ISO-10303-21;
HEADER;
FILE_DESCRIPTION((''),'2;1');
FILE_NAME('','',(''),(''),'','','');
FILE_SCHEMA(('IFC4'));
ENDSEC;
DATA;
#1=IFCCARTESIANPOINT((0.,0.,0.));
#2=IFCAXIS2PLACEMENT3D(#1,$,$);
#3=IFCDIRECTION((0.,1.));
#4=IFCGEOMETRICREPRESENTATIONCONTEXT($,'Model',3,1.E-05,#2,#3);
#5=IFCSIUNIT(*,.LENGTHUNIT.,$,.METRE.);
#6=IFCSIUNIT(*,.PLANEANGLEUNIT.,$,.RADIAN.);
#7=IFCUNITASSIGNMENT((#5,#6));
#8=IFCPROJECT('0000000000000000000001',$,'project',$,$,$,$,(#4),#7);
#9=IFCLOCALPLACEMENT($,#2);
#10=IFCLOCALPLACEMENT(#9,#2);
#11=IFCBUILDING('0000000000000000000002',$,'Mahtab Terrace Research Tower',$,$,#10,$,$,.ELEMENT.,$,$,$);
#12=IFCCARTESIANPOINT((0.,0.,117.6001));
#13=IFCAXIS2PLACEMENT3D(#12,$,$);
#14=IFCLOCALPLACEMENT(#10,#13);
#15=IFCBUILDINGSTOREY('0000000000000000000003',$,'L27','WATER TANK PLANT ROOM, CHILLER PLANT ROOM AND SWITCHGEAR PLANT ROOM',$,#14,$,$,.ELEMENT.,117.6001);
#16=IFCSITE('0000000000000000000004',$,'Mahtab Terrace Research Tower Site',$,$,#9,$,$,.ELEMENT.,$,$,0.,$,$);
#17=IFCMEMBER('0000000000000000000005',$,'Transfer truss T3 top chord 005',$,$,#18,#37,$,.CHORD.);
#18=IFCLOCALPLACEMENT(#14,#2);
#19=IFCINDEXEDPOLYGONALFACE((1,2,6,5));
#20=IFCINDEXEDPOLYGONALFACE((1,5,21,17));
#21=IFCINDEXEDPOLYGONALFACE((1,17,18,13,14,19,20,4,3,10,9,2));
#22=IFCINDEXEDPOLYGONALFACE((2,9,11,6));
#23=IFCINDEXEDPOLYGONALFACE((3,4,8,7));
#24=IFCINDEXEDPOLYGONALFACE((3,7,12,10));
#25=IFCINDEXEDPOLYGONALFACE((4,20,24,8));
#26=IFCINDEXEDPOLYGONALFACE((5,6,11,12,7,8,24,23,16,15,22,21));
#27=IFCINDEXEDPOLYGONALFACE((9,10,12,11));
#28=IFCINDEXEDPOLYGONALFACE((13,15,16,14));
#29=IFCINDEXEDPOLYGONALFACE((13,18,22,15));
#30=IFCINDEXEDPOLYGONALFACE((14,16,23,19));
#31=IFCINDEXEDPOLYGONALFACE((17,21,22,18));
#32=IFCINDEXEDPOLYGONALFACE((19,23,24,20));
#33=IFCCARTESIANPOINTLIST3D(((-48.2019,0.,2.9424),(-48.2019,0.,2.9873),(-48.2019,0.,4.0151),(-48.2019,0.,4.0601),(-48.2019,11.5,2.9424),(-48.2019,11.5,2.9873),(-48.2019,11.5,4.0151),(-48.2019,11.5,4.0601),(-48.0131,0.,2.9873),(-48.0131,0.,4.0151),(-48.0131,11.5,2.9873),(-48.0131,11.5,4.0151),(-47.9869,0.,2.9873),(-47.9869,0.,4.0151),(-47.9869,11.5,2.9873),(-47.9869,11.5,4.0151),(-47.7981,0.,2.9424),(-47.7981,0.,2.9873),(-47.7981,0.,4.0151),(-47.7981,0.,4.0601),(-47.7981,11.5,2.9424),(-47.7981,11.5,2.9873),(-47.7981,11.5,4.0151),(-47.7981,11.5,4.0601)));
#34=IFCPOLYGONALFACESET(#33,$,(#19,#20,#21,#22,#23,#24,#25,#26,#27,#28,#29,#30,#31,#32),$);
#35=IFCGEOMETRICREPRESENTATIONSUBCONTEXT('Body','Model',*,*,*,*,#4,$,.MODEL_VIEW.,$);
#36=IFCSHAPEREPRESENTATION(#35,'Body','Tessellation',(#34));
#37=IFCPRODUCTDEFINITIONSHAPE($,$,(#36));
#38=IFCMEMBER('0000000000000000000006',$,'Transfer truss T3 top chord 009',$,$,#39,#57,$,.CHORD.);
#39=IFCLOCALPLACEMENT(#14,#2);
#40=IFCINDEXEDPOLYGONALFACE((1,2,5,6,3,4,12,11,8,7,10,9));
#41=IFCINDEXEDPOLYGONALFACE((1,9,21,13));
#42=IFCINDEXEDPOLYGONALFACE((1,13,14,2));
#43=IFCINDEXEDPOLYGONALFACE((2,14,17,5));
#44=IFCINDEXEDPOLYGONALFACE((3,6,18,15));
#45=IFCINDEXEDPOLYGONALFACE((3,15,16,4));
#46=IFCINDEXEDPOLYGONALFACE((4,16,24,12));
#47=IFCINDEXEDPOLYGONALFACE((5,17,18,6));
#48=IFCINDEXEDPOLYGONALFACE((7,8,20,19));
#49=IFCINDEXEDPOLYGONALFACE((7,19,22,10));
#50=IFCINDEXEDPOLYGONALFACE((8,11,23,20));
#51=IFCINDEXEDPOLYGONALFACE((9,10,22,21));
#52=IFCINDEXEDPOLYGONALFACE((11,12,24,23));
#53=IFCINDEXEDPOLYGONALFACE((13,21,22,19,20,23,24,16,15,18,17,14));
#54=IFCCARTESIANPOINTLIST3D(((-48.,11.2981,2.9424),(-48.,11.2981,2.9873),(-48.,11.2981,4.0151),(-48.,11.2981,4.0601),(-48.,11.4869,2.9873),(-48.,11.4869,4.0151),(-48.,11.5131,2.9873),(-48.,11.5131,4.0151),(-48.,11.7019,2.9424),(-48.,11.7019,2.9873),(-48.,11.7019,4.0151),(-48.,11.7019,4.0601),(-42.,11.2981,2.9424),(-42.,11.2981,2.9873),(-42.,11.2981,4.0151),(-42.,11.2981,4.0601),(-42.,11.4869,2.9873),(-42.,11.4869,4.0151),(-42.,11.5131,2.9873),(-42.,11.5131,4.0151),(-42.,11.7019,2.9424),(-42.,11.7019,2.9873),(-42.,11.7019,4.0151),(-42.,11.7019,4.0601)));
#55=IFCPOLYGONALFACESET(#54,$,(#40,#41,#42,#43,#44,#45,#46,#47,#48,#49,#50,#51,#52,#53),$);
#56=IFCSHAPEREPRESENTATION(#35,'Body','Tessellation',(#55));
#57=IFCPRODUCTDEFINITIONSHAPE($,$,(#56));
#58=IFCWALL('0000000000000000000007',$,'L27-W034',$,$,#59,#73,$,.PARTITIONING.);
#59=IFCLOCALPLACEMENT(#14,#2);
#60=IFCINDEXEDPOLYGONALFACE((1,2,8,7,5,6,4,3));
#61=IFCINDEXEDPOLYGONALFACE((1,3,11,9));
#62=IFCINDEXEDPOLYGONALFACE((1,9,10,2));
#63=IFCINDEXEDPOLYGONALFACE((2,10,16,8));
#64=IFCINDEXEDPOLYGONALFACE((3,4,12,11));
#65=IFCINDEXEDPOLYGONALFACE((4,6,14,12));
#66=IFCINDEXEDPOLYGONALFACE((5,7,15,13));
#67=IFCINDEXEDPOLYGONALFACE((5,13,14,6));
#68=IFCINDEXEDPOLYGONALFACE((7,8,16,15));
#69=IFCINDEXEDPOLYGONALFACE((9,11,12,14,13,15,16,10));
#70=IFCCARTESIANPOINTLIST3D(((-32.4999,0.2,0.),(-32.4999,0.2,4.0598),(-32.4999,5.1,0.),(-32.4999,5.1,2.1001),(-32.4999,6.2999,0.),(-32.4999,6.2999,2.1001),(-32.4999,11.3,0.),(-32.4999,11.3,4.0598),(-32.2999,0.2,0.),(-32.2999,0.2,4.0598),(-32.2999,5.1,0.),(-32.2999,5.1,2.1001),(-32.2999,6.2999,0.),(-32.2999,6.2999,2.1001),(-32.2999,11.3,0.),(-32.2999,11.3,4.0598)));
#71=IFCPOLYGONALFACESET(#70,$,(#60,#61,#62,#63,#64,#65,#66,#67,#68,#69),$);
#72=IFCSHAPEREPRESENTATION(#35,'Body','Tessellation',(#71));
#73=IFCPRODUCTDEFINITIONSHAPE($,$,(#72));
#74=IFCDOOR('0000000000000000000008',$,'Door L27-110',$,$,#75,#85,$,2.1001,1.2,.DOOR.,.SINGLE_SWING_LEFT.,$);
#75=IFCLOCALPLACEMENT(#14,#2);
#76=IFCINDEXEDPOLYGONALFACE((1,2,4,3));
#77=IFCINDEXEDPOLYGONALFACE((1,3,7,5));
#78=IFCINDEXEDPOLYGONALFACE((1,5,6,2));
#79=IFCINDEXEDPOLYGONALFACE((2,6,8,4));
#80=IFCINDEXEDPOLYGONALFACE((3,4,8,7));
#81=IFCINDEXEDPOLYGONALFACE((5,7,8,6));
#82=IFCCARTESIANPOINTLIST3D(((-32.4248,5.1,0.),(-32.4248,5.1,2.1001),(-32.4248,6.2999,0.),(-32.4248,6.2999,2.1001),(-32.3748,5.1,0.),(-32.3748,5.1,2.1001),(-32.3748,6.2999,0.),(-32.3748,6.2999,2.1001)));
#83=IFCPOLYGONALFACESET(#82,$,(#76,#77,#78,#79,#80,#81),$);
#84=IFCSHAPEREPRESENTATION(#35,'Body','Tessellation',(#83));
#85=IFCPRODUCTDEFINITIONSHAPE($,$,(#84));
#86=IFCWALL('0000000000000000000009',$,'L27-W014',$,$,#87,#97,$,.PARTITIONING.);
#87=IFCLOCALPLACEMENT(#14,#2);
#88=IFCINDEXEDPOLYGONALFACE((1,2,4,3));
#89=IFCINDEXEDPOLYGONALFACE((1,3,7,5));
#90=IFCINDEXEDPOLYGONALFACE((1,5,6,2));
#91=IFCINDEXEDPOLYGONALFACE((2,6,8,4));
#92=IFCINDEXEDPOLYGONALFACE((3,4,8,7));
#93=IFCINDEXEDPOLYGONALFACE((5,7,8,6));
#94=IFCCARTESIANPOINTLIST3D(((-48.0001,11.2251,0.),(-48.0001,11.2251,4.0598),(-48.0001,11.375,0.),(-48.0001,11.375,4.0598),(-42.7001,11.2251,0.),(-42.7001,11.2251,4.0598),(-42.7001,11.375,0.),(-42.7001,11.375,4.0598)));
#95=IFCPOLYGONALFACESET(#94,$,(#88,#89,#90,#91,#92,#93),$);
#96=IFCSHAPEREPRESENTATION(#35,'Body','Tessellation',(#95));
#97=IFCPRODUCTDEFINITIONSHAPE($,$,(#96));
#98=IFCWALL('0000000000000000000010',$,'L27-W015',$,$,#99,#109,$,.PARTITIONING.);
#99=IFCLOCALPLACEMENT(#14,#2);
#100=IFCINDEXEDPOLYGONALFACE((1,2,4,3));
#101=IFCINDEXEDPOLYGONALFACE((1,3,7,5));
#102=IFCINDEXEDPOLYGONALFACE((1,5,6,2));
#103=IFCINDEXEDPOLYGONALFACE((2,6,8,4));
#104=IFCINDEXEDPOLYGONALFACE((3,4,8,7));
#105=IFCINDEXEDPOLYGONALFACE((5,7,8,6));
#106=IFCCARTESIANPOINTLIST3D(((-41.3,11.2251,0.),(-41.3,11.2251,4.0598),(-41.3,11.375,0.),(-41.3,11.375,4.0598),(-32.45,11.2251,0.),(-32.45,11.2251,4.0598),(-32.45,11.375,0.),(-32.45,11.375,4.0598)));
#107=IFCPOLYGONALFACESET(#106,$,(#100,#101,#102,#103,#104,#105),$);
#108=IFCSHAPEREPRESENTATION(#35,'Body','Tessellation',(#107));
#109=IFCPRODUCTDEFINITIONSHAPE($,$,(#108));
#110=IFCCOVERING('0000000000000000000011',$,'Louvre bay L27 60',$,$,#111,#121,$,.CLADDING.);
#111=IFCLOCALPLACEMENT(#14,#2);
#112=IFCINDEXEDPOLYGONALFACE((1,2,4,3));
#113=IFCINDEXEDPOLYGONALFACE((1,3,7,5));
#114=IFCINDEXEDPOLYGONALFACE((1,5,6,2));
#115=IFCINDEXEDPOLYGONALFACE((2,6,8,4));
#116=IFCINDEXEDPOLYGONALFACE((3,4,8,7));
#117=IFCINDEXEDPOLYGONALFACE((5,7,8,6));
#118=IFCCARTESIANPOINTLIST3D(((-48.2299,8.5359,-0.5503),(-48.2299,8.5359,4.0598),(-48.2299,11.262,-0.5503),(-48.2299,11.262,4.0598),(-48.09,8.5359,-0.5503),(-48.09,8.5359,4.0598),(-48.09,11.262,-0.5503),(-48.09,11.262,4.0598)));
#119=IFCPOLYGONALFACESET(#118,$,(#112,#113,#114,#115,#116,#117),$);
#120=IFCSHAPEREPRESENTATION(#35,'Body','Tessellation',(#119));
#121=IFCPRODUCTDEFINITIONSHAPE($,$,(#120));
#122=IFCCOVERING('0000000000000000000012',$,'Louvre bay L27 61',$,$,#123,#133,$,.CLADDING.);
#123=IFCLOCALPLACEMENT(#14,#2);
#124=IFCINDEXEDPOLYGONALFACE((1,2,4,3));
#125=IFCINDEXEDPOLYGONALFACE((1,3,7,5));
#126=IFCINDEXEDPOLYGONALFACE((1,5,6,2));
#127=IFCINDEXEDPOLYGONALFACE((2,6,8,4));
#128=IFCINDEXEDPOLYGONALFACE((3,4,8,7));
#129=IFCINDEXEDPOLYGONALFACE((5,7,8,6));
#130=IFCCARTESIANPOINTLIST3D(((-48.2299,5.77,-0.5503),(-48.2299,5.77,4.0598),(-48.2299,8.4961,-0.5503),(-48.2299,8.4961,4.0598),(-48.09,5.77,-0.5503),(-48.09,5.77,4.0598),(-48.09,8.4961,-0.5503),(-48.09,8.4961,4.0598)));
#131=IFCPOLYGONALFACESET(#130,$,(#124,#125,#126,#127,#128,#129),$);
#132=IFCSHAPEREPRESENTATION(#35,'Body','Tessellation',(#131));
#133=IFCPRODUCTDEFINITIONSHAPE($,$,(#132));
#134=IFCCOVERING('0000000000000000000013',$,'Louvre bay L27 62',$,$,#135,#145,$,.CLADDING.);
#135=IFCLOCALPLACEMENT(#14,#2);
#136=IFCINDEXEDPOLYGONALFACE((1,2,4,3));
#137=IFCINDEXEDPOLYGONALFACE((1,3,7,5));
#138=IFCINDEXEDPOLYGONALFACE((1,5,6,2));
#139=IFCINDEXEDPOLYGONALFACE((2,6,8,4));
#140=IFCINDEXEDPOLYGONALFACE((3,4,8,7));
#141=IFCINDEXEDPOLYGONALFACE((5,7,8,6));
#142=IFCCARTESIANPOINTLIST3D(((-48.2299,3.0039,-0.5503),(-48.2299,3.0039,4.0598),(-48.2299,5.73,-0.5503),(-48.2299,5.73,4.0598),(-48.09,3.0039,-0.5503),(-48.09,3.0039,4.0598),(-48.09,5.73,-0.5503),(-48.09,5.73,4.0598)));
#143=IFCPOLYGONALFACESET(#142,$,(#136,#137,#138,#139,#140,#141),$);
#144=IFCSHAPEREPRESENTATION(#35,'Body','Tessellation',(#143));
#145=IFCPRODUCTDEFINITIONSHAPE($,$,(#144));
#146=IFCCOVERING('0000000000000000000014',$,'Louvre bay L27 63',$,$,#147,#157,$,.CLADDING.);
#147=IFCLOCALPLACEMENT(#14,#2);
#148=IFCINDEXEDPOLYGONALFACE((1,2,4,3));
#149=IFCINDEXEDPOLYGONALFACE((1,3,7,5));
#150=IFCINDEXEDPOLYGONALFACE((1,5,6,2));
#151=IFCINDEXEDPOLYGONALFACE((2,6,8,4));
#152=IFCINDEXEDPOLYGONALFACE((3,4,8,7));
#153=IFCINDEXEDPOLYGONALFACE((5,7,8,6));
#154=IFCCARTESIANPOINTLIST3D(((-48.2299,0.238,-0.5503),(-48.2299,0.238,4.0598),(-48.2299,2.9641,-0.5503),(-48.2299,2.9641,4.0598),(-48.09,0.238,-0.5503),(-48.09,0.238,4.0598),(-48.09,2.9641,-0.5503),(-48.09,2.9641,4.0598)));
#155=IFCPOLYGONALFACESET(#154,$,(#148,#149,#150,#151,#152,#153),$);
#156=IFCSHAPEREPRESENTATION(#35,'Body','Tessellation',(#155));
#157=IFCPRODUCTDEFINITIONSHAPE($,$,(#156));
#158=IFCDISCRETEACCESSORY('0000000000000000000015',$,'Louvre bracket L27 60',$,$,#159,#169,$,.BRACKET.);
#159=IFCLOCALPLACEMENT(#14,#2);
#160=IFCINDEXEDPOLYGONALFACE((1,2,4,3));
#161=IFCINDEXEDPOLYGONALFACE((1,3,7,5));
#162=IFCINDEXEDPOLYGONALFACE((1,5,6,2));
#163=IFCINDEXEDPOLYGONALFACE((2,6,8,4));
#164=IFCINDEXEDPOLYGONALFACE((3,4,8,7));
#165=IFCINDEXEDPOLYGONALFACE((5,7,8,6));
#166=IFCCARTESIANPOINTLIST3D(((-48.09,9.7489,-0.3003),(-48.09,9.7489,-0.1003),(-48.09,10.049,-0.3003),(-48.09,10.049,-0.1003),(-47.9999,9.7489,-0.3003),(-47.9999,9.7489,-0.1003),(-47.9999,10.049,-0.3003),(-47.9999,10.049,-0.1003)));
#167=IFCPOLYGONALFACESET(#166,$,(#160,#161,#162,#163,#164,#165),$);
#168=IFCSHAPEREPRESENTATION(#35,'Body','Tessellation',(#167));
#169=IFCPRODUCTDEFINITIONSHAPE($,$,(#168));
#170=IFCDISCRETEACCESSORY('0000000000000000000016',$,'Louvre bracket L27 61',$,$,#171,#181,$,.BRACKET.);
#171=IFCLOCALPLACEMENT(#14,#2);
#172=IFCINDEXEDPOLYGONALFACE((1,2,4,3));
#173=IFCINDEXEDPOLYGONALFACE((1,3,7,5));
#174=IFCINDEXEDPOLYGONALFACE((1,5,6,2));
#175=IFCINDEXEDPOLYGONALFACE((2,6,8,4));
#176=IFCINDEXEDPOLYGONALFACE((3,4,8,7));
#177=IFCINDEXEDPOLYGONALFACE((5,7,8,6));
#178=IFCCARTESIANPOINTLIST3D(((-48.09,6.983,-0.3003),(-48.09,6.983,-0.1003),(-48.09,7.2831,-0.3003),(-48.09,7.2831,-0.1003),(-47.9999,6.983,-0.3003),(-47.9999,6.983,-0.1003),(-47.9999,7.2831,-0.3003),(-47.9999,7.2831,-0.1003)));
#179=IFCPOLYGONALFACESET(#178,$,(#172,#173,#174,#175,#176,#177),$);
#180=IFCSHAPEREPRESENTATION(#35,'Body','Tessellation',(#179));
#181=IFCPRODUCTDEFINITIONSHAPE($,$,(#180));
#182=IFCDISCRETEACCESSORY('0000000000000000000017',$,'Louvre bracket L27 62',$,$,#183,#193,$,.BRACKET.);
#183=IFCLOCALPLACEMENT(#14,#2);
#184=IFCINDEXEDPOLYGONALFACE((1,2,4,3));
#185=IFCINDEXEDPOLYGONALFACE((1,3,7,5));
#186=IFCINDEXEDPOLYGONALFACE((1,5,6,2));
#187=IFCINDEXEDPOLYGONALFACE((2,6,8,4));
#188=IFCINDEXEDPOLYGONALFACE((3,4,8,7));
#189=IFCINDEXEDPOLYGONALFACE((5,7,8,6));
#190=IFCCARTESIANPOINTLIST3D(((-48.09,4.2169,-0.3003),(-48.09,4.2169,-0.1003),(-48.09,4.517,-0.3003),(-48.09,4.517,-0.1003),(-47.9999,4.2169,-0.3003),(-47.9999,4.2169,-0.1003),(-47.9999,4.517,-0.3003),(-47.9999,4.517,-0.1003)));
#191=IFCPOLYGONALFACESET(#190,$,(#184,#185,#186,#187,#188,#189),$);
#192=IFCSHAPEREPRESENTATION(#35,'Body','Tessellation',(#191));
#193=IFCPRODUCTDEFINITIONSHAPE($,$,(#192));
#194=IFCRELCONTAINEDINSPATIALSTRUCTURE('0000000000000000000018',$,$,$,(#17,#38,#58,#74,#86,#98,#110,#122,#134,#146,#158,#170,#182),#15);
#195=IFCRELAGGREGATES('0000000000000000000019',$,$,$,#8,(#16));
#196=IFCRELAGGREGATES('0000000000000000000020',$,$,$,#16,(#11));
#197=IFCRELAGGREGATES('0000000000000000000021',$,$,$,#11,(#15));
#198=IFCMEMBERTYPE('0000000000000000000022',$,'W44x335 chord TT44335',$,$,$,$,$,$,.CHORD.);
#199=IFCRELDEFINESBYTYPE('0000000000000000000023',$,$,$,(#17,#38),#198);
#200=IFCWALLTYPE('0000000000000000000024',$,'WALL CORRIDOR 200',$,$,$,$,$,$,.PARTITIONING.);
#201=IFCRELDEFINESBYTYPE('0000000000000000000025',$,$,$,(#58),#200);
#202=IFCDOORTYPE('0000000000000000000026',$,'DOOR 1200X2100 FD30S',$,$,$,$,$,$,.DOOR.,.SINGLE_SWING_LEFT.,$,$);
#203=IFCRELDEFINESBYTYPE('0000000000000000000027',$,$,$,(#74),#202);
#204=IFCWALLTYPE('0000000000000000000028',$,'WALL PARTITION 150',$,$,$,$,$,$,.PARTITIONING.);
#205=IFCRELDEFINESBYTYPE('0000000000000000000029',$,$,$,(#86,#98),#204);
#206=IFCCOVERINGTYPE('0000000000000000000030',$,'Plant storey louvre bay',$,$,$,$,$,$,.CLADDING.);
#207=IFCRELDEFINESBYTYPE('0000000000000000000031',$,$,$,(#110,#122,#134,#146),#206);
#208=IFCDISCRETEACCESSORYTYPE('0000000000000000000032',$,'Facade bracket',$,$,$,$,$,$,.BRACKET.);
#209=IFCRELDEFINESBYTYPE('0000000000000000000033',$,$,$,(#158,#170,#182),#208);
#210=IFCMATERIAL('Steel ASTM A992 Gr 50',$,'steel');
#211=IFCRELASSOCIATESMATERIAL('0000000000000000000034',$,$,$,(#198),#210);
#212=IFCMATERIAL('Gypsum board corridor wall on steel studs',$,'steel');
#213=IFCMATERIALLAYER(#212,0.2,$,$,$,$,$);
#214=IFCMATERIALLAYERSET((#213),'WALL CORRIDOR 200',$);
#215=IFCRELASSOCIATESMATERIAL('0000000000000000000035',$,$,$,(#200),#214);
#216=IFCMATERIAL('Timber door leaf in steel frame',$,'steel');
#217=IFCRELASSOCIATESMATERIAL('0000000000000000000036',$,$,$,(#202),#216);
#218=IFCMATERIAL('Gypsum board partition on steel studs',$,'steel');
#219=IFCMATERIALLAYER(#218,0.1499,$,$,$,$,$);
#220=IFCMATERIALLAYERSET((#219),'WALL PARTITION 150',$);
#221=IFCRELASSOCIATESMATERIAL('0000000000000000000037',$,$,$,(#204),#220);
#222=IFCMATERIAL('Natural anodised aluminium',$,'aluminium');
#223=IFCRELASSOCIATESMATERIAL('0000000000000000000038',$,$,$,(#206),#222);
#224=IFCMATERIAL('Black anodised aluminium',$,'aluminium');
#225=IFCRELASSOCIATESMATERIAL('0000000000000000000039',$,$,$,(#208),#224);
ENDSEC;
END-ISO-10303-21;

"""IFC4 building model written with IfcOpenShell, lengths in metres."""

from ifc_helpers import new_model, si_unit, direction, frame, frame_2d, origin, origin_2d, place, context, subcontext, project, spatial, rectangle, i_section, extrude, material, layer, layer_set, material_profile, profile_set, type_object, element, fill, save


model = new_model("IFC4")

# Units and contexts
model_context = context("Model", 3, precision=1e-05, world=origin(), true_north=direction((0.0, 1.0)))
body_context = subcontext(model_context, "Body", "Model", "MODEL_VIEW")
ifc_project = project(units=[si_unit("LENGTHUNIT", "METRE"), si_unit("PLANEANGLEUNIT", "RADIAN")], contexts=[model_context])

# Site, building, storey
site_placement = place(None, origin())
site = spatial("IfcSite", under=ifc_project, at=site_placement, Name="Mahtab Terrace Research Tower Site", CompositionType="ELEMENT", RefElevation=0.0)
building_placement = place(site_placement, origin())
building = spatial("IfcBuilding", under=site, at=building_placement, Name="Mahtab Terrace Research Tower", CompositionType="ELEMENT")
storey_placement = place(building_placement, frame((0.0, 0.0, 117.6001)))
storey = spatial("IfcBuildingStorey", under=building, at=storey_placement, Name="L27", Description="WATER TANK PLANT ROOM, CHILLER PLANT ROOM AND SWITCHGEAR PLANT ROOM", CompositionType="ELEMENT", Elevation=117.6001)

# Shared definitions
ifc_material_1 = material(Name="Steel ASTM A992 Gr 50", Category="steel")

# Members
ifc_material_profile_1 = material_profile(ifc_material_1, i_section(OverallWidth=0.4038, OverallDepth=1.1177, WebThickness=0.0261, FlangeThickness=0.0449, at=origin_2d()), Name="W44X335")
ifc_profile_set_1 = profile_set([ifc_material_profile_1], Name="Steel ASTM A992 Gr 50")
member_type_1 = type_object("IfcMemberType", Name="W44x335 chord TT44335", PredefinedType="CHORD", material=ifc_profile_set_1)
member_1_placement = place(storey_placement, frame((-48.0, 11.5, 3.5012), z_axis=(0.0, -1.0, 0.0), x_axis=(1.0, 0.0, 0.0)))
element("IfcMember", 1, at=member_1_placement, inside=storey, type_object=member_type_1, Name="Transfer truss T3 top chord 005", PredefinedType="CHORD", context=body_context, shape_type="SweptSolid", body=[
    extrude(i_section(OverallWidth=0.4038, OverallDepth=1.1177, WebThickness=0.0261, FlangeThickness=0.0449, at=origin_2d()), origin(), (0.0, 0.0, 1.0), 11.5),
])
member_2_placement = place(storey_placement, frame((-48.0, 11.5, 3.5012), z_axis=(1.0, 0.0, 0.0), x_axis=(0.0, 1.0, 0.0)))
element("IfcMember", 2, at=member_2_placement, inside=storey, type_object=member_type_1, Name="Transfer truss T3 top chord 009", PredefinedType="CHORD", context=body_context, shape_type="SweptSolid", body=[
    extrude(i_section(OverallWidth=0.4038, OverallDepth=1.1177, WebThickness=0.0261, FlangeThickness=0.0449, at=origin_2d()), origin(), (0.0, 0.0, 1.0), 6.0),
])

# Wall, opening, door
ifc_material_2 = material(Name="Gypsum board corridor wall on steel studs", Category="steel")
ifc_layer_1 = layer(ifc_material_2, 0.2)
ifc_layer_set_1 = layer_set([ifc_layer_1], Name="WALL CORRIDOR 200")
wall_type_1 = type_object("IfcWallType", Name="WALL CORRIDOR 200", PredefinedType="PARTITIONING", material=ifc_layer_set_1)
wall_1_placement = place(storey_placement, frame((-32.3999, 0.2, 0.0), z_axis=(0.0, 0.0, 1.0), x_axis=(0.0, 1.0, 0.0)))
wall_1 = element("IfcWall", 3, at=wall_1_placement, inside=storey, type_object=wall_type_1, Name="L27-W034", PredefinedType="PARTITIONING", context=body_context, shape_type="SweptSolid", body=[
    extrude(rectangle(XDim=11.1001, YDim=0.2, at=frame_2d((5.55, 0.0))), origin(), (0.0, 0.0, 1.0), 4.0598),
])
opening_placement = place(wall_1_placement, frame((4.8999, 0.0, 0.0)))
opening = element("IfcOpeningElement", 4, at=opening_placement, cuts=wall_1, PredefinedType="OPENING", context=body_context, shape_type="SweptSolid", body=[
    extrude(rectangle(XDim=1.2, YDim=2.1001, at=frame_2d((0.6001, 1.05))), frame((0.0, 0.1099, 0.0), z_axis=(0.0, -1.0, 0.0), x_axis=(1.0, 0.0, 0.0)), (0.0, 0.0, 1.0), 0.22),
])
ifc_material_3 = material(Name="Timber door leaf in steel frame", Category="steel")
door_type = type_object("IfcDoorType", Name="DOOR 1200X2100 FD30S", OperationType="SINGLE_SWING_LEFT", PredefinedType="DOOR", material=ifc_material_3)
door_placement = place(opening_placement, origin())
door = element("IfcDoor", 5, at=door_placement, inside=storey, type_object=door_type, Name="Door L27-110", OperationType="SINGLE_SWING_LEFT", OverallHeight=2.1001, OverallWidth=1.2, PredefinedType="DOOR", context=body_context, shape_type="SweptSolid", body=[
    extrude(rectangle(XDim=1.2, YDim=2.1001, at=frame_2d((0.6001, 1.05))), frame((0.0, 0.0249, 0.0), z_axis=(0.0, -1.0, 0.0), x_axis=(1.0, 0.0, 0.0)), (0.0, 0.0, 1.0), 0.05),
])
fill(opening, door)

# Walls
ifc_material_4 = material(Name="Gypsum board partition on steel studs", Category="steel")
ifc_layer_2 = layer(ifc_material_4, 0.1499)
ifc_layer_set_2 = layer_set([ifc_layer_2], Name="WALL PARTITION 150")
wall_type_2 = type_object("IfcWallType", Name="WALL PARTITION 150", PredefinedType="PARTITIONING", material=ifc_layer_set_2)
wall_2_placement = place(storey_placement, frame((-48.0, 11.3, 0.0), z_axis=(0.0, 0.0, 1.0), x_axis=(1.0, 0.0, 0.0)))
element("IfcWall", 6, at=wall_2_placement, inside=storey, type_object=wall_type_2, Name="L27-W014", PredefinedType="PARTITIONING", context=body_context, shape_type="SweptSolid", body=[
    extrude(rectangle(XDim=5.3, YDim=0.1499, at=frame_2d((2.6499, 0.0))), origin(), (0.0, 0.0, 1.0), 4.0598),
])
wall_3_placement = place(storey_placement, frame((-41.3, 11.3, 0.0), z_axis=(0.0, 0.0, 1.0), x_axis=(1.0, 0.0, 0.0)))
element("IfcWall", 7, at=wall_3_placement, inside=storey, type_object=wall_type_2, Name="L27-W015", PredefinedType="PARTITIONING", context=body_context, shape_type="SweptSolid", body=[
    extrude(rectangle(XDim=8.8501, YDim=0.1499, at=frame_2d((4.425, 0.0))), origin(), (0.0, 0.0, 1.0), 4.0598),
])

# Coverings
ifc_material_5 = material(Name="Natural anodised aluminium", Category="aluminium")
covering_type = type_object("IfcCoveringType", Name="Plant storey louvre bay", PredefinedType="CLADDING", material=ifc_material_5)
for number, where, z_axis, x_axis, name in (
    (8, (-48.1599, 9.8989, -0.5503), (0.0, 0.0, 1.0), (0.0, -1.0, 0.0), "Louvre bay L27 60"),
    (9, (-48.1599, 7.1331, -0.5503), (0.0, 0.0, 1.0), (0.0, -1.0, 0.0), "Louvre bay L27 61"),
    (10, (-48.1599, 4.3669, -0.5503), (0.0, 0.0, 1.0), (0.0, -1.0, 0.0), "Louvre bay L27 62"),
    (11, (-48.1599, 1.6011, -0.5503), (0.0, 0.0, 1.0), (0.0, -1.0, 0.0), "Louvre bay L27 63"),
):
    element("IfcCovering", number, at=place(storey_placement, frame(where, z_axis=z_axis, x_axis=x_axis)), inside=storey, type_object=covering_type, Name=name, PredefinedType="CLADDING", context=body_context, shape_type="SweptSolid", body=[
        extrude(rectangle(XDim=2.7261, YDim=0.1399, at=origin_2d()), origin(), (0.0, 0.0, 1.0), 4.6101),
    ])

# Discrete accessories
ifc_material_6 = material(Name="Black anodised aluminium", Category="aluminium")
discrete_accessory_type_1 = type_object("IfcDiscreteAccessoryType", Name="Facade bracket", PredefinedType="BRACKET", material=ifc_material_6)
for number, where, z_axis, x_axis, name in (
    (12, (-48.0449, 9.8989, -0.3003), (0.0, 0.0, 1.0), (0.0, -1.0, 0.0), "Louvre bracket L27 60"),
    (13, (-48.0449, 7.1331, -0.3003), (0.0, 0.0, 1.0), (0.0, -1.0, 0.0), "Louvre bracket L27 61"),
    (14, (-48.0449, 4.3669, -0.3003), (0.0, 0.0, 1.0), (0.0, -1.0, 0.0), "Louvre bracket L27 62"),
):
    element("IfcDiscreteAccessory", number, at=place(storey_placement, frame(where, z_axis=z_axis, x_axis=x_axis)), inside=storey, type_object=discrete_accessory_type_1, Name=name, PredefinedType="BRACKET", context=body_context, shape_type="SweptSolid", body=[
        extrude(rectangle(XDim=0.3, YDim=0.0901, at=origin_2d()), origin(), (0.0, 0.0, 1.0), 0.2),
    ])

save(model, "model.ifc")
